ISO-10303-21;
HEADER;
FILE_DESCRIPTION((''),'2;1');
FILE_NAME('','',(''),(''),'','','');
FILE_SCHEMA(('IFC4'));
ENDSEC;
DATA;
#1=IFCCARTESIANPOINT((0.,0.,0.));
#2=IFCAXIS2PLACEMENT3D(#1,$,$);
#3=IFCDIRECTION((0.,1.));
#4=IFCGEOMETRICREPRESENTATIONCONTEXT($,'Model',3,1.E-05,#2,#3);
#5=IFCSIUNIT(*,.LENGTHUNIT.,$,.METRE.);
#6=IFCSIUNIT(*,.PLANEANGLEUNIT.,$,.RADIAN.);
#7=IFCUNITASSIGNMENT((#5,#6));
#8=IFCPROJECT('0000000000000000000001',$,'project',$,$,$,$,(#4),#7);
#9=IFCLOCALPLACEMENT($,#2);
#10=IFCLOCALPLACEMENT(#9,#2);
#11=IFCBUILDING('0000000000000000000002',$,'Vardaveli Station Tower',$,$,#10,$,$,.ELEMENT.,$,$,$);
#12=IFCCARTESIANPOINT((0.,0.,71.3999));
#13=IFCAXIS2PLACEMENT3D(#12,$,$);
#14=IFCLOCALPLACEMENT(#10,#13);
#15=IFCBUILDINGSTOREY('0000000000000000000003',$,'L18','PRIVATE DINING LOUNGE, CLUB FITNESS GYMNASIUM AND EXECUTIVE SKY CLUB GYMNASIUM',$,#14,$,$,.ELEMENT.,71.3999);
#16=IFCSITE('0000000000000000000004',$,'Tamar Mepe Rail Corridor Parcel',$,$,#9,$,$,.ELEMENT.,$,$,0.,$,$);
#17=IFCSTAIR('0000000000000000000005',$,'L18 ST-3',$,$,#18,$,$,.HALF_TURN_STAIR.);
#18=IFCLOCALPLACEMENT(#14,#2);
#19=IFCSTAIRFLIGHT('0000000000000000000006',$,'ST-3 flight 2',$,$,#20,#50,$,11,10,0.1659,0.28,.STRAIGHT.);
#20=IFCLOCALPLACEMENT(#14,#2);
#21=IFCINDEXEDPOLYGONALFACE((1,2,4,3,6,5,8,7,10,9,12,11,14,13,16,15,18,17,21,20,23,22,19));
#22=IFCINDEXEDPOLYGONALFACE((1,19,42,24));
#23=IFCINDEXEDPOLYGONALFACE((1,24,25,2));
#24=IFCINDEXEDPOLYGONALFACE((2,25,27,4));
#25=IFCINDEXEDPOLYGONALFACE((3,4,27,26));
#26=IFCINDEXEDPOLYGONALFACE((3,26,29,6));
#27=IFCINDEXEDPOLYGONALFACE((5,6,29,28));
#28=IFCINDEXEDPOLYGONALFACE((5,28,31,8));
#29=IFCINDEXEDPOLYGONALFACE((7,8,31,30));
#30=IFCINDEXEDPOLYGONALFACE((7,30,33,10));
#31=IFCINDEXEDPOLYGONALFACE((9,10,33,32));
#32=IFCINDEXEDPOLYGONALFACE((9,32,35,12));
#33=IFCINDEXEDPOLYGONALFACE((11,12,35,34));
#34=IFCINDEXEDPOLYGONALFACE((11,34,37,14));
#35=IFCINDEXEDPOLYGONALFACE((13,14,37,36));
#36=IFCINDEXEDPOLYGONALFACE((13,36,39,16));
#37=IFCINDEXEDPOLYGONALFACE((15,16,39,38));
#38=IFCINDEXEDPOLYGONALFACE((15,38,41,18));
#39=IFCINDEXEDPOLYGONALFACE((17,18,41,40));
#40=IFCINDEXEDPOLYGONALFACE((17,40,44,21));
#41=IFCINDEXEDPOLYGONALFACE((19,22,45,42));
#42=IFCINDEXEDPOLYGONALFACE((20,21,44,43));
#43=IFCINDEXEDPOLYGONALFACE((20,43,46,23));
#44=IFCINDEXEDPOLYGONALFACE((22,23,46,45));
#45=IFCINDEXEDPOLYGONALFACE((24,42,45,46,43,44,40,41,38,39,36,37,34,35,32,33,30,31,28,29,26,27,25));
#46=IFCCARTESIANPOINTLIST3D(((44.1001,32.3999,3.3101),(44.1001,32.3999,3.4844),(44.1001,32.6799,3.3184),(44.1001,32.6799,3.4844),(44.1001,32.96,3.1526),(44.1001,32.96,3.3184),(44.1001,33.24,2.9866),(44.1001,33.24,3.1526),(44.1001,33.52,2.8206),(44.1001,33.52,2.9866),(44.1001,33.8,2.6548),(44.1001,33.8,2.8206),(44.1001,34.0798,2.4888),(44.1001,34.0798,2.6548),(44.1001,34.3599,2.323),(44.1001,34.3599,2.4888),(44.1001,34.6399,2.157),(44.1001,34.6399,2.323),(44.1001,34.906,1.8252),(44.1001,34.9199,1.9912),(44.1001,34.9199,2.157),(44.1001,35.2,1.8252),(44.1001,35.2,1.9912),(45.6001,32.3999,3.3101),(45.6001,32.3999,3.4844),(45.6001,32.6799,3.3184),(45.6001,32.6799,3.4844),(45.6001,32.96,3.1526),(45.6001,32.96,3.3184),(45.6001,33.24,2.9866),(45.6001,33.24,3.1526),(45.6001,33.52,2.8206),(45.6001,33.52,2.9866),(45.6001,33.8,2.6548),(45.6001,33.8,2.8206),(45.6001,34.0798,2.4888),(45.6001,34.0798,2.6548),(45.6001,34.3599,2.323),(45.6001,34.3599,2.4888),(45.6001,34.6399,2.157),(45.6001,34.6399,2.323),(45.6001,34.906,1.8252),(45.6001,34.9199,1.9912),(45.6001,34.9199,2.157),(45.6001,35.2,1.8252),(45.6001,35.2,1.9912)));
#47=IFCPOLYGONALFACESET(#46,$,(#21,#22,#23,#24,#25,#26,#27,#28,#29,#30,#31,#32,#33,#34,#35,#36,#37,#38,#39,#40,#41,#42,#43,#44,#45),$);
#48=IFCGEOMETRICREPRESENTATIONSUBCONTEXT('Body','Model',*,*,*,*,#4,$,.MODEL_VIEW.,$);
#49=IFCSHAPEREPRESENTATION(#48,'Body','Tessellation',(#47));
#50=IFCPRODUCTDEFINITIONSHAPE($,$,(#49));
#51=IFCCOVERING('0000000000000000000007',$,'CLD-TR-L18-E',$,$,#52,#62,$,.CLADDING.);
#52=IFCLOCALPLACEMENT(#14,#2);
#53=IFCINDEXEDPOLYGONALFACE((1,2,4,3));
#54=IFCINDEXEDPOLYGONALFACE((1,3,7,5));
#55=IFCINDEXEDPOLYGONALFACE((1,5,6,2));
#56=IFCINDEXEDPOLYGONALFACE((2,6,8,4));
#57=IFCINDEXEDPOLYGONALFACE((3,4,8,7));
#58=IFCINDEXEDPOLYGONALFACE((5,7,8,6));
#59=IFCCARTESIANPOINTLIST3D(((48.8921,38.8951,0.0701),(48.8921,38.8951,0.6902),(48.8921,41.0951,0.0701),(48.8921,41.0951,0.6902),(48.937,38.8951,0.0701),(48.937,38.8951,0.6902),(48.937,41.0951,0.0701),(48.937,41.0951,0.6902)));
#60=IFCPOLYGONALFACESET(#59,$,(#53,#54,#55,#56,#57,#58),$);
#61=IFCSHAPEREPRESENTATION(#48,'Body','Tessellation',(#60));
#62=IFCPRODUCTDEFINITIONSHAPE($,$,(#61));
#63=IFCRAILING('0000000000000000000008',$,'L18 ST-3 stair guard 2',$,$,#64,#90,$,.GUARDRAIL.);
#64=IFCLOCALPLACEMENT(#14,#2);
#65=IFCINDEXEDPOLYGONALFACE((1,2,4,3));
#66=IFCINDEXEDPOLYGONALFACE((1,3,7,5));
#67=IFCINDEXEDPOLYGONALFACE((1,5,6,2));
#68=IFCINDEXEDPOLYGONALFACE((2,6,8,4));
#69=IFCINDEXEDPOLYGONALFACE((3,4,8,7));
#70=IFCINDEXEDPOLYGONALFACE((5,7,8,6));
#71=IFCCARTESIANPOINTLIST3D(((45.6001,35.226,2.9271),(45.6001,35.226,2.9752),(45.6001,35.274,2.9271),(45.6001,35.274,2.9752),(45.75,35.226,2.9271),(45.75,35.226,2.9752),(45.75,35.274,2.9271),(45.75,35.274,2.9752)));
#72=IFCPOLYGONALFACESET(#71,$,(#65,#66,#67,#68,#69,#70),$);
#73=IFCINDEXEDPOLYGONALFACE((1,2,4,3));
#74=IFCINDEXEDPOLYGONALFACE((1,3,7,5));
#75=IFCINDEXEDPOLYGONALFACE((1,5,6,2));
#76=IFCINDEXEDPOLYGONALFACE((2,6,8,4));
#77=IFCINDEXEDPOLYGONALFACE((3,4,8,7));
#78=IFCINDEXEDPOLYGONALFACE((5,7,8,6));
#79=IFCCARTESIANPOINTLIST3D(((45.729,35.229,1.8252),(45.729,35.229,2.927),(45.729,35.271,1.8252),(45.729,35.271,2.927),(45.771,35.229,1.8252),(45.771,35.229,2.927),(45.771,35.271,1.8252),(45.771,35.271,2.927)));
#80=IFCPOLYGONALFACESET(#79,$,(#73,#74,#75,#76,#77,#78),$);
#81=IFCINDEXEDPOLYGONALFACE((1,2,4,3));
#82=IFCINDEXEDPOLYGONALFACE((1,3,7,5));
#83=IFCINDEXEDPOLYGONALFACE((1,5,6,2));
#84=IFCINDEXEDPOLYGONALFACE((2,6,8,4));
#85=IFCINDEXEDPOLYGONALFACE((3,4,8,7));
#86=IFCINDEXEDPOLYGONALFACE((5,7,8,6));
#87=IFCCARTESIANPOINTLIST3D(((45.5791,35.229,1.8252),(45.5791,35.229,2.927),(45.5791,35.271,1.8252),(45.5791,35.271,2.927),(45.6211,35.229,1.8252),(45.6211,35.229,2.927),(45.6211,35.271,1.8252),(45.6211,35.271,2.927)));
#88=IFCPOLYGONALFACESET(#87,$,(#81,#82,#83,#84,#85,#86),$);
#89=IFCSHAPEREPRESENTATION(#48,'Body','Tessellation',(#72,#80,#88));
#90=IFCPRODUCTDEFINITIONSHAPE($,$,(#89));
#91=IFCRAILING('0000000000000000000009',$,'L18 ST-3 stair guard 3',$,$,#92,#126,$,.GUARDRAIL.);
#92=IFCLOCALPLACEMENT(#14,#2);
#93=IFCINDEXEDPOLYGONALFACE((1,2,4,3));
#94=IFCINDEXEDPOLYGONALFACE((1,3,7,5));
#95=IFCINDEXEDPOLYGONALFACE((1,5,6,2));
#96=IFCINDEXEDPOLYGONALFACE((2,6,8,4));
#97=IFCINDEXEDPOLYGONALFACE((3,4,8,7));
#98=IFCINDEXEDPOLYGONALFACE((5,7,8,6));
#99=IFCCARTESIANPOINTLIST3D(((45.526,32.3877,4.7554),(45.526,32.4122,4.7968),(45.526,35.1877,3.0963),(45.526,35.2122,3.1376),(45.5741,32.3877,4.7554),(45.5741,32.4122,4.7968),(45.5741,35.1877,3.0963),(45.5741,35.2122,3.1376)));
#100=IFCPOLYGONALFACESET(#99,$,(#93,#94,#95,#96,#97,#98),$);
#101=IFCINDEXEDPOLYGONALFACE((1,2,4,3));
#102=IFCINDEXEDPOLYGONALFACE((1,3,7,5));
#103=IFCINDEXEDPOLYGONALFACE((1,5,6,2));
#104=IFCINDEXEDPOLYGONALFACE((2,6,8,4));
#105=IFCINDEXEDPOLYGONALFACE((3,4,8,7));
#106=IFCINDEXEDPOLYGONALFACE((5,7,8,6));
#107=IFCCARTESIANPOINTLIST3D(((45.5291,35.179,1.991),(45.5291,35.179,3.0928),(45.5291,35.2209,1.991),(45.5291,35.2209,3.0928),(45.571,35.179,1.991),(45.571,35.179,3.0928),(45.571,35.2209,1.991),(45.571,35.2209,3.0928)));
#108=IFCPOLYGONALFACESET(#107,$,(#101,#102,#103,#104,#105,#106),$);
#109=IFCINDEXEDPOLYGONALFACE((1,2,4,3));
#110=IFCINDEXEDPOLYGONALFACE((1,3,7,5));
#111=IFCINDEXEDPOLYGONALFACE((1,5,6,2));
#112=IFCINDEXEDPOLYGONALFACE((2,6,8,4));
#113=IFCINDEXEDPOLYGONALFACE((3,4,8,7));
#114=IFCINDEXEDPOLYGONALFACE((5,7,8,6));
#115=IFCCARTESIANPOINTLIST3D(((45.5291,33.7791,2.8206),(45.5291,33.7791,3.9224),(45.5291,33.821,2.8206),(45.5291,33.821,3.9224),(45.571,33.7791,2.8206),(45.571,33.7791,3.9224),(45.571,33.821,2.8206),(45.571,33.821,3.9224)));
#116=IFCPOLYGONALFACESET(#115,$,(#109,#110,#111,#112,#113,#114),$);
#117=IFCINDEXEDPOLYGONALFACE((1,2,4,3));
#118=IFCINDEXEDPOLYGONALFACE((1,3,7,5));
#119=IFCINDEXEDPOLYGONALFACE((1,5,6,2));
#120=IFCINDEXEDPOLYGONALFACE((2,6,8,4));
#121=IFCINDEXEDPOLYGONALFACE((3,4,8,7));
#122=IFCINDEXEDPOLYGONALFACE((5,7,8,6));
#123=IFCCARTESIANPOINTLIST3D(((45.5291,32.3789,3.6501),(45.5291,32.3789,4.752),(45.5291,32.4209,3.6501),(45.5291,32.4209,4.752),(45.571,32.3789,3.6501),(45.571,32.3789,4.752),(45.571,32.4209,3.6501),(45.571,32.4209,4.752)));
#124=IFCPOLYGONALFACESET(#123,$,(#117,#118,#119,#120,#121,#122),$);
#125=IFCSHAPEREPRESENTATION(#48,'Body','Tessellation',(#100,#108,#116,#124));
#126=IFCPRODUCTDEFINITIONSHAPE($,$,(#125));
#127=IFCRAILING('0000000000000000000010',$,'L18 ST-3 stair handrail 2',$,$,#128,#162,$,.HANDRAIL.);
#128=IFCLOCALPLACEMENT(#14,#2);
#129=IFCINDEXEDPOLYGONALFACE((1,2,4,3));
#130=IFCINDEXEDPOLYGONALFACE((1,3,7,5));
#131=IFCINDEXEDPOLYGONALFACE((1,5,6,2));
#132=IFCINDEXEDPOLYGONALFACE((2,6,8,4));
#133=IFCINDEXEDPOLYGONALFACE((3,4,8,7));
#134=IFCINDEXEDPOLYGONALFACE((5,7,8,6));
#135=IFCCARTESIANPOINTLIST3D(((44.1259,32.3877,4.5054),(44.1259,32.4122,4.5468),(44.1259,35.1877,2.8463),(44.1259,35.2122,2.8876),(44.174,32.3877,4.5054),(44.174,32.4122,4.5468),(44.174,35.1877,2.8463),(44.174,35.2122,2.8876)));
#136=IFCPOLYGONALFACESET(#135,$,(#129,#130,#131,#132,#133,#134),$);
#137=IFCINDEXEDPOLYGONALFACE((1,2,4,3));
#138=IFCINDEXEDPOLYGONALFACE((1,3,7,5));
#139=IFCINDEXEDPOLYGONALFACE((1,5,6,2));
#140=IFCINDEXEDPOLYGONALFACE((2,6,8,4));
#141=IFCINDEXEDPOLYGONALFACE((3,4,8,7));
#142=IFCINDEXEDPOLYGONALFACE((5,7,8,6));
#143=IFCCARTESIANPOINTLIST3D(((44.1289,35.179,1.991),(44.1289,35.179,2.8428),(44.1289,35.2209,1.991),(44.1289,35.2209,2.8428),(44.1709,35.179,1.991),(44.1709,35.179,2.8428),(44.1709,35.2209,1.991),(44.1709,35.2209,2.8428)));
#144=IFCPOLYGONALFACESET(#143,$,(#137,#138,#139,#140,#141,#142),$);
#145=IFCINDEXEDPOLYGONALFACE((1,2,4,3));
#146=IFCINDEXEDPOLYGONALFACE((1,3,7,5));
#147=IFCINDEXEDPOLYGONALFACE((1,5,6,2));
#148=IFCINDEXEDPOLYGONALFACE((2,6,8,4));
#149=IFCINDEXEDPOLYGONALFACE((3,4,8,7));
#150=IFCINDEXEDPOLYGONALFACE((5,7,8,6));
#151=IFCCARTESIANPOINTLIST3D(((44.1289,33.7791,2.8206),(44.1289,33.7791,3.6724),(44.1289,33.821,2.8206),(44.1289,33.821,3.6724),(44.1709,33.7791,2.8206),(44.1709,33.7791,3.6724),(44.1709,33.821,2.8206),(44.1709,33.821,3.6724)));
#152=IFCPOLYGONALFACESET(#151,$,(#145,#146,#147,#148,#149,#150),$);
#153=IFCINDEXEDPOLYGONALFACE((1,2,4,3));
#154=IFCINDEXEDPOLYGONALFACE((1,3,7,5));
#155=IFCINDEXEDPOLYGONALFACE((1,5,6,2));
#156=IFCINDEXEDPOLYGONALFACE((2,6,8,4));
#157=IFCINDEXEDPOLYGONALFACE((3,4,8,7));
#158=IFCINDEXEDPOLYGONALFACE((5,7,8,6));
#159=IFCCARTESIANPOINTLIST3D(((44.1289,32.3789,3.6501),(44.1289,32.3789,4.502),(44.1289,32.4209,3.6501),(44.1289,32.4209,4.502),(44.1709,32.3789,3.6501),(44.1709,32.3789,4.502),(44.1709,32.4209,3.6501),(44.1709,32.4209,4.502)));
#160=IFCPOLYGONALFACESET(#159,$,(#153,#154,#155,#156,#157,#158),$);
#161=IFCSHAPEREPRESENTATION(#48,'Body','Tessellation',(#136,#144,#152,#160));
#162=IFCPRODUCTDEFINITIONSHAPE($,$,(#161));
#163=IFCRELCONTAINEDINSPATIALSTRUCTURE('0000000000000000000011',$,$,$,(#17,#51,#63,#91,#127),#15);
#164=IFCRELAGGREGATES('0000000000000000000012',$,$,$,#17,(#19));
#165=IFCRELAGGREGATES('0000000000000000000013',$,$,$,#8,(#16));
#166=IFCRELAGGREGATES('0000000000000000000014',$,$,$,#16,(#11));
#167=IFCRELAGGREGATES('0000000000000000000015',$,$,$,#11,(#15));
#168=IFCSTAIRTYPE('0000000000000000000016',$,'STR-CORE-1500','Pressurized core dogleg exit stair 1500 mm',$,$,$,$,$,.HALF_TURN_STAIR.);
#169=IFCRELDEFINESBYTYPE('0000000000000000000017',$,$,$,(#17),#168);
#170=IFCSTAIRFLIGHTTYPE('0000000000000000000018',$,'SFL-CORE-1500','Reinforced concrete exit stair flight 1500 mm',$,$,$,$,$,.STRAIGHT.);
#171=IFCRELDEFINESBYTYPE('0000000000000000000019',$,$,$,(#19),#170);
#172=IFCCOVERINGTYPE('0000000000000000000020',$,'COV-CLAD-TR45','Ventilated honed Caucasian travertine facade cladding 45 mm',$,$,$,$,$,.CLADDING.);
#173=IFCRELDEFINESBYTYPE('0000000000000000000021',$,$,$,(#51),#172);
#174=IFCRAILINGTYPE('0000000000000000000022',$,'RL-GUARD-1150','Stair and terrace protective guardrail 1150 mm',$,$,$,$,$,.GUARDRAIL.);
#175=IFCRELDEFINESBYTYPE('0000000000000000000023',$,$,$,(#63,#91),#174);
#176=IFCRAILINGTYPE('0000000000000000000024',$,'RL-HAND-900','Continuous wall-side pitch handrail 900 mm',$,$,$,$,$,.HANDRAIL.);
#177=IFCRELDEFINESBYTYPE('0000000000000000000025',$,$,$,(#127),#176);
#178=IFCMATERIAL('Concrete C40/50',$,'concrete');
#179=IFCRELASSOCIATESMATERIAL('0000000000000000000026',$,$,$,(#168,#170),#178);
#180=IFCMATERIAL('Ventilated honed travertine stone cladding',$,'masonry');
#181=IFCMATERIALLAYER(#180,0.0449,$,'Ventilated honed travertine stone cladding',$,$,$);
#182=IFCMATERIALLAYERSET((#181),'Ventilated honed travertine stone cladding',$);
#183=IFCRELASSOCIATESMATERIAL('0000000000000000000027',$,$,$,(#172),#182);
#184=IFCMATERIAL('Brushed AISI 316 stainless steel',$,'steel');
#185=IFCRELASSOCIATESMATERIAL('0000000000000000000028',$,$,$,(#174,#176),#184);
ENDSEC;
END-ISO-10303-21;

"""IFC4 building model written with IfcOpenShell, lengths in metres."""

from ifc_helpers import new_model, si_unit, direction, frame, origin, origin_2d, place, context, subcontext, project, spatial, polyline, rectangle, outline, extrude, source, transform, mapped, material, layer, layer_set, type_object, element, aggregate, save


model = new_model("IFC4")

# Units and contexts
model_context = context("Model", 3, precision=1e-05, world=origin(), true_north=direction((0.0, 1.0)))
body_context = subcontext(model_context, "Body", "Model", "MODEL_VIEW")
ifc_project = project(units=[si_unit("LENGTHUNIT", "METRE"), si_unit("PLANEANGLEUNIT", "RADIAN")], contexts=[model_context])

# Site, building, storey
site_placement = place(None, origin())
site = spatial("IfcSite", under=ifc_project, at=site_placement, Name="Tamar Mepe Rail Corridor Parcel", CompositionType="ELEMENT", RefElevation=0.0)
building_placement = place(site_placement, origin())
building = spatial("IfcBuilding", under=site, at=building_placement, Name="Vardaveli Station Tower", CompositionType="ELEMENT")
storey_placement = place(building_placement, frame((0.0, 0.0, 71.3999)))
storey = spatial("IfcBuildingStorey", under=building, at=storey_placement, Name="L18", Description="PRIVATE DINING LOUNGE, CLUB FITNESS GYMNASIUM AND EXECUTIVE SKY CLUB GYMNASIUM", CompositionType="ELEMENT", Elevation=71.3999)

# Shared definitions
ifc_material_1 = material(Name="Concrete C40/50", Category="concrete")

# Stair, stair flight
stair_type = type_object("IfcStairType", Name="STR-CORE-1500", Description="Pressurized core dogleg exit stair 1500 mm", PredefinedType="HALF_TURN_STAIR", material=ifc_material_1)
stair_placement = place(storey_placement, origin())
stair = element("IfcStair", 1, at=stair_placement, inside=storey, type_object=stair_type, Name="L18 ST-3", PredefinedType="HALF_TURN_STAIR")
stair_flight_type = type_object("IfcStairFlightType", Name="SFL-CORE-1500", Description="Reinforced concrete exit stair flight 1500 mm", PredefinedType="STRAIGHT", material=ifc_material_1)
shared_shape_1 = source(origin(), body_context, "Body", "SweptSolid", [
    extrude(outline(polyline([(0.0, 0.0), (0.0, 0.166), (0.28, 0.166), (0.28, 0.3318), (0.5601, 0.3318), (0.5601, 0.4978), (0.8401, 0.4978), (0.8401, 0.6636), (1.1201, 0.6636), (1.1201, 0.8296), (1.3999, 0.8296), (1.3999, 0.9954), (1.6799, 0.9954), (1.6799, 1.1614), (1.96, 1.1614), (1.96, 1.3274), (2.24, 1.3274), (2.24, 1.4932), (2.52, 1.4932), (2.52, 1.6592), (2.8, 1.6592), (2.8, 1.825), (2.8, 1.4849), (0.2939, 0.0), (0.0, 0.0)])), frame((0.0, 0.75, 0.0), z_axis=(0.0, -1.0, 0.0), x_axis=(1.0, 0.0, 0.0)), (0.0, 0.0, 1.0), 1.5),
])
stair_flight_placement = place(storey_placement, frame((44.8501, 35.2, 1.8252), z_axis=(0.0, 0.0, 1.0), x_axis=(0.0, -1.0, 0.0)))
stair_flight = element("IfcStairFlight", 2, at=stair_flight_placement, type_object=stair_flight_type, Name="ST-3 flight 2", NumberOfRisers=11, NumberOfTreads=10, PredefinedType="STRAIGHT", RiserHeight=0.1659, TreadLength=0.28, context=body_context, shape_type="MappedRepresentation", body=[
    mapped(shared_shape_1, transform((0.0, 0.0, 0.0), scale=1.0)),
])
aggregate(stair, [stair_flight])

# Covering
ifc_material_2 = material(Name="Ventilated honed travertine stone cladding", Category="masonry")
ifc_layer_1 = layer(ifc_material_2, 0.0449, Name="Ventilated honed travertine stone cladding")
ifc_layer_set_1 = layer_set([ifc_layer_1], Name="Ventilated honed travertine stone cladding")
covering_type = type_object("IfcCoveringType", Name="COV-CLAD-TR45", Description="Ventilated honed Caucasian travertine facade cladding 45 mm", PredefinedType="CLADDING", material=ifc_layer_set_1)
shared_shape_2 = source(origin(), body_context, "Body", "SweptSolid", [
    extrude(rectangle(XDim=2.2, YDim=0.0449, at=origin_2d()), origin(), (0.0, 0.0, 1.0), 0.6201),
])
covering_placement = place(storey_placement, frame((48.9146, 39.9951, 0.0701), z_axis=(0.0, 0.0, 1.0), x_axis=(0.0, 1.0, 0.0)))
element("IfcCovering", 3, at=covering_placement, inside=storey, type_object=covering_type, Name="CLD-TR-L18-E", PredefinedType="CLADDING", context=body_context, shape_type="MappedRepresentation", body=[
    mapped(shared_shape_2, transform((0.0, 0.0, 0.0), scale=1.0)),
])

# Railings
ifc_material_3 = material(Name="Brushed AISI 316 stainless steel", Category="steel")
railing_type_1 = type_object("IfcRailingType", Name="RL-GUARD-1150", Description="Stair and terrace protective guardrail 1150 mm", PredefinedType="GUARDRAIL", material=ifc_material_3)
shared_shape_3 = source(origin(), body_context, "Body", "SweptSolid", [
    extrude(rectangle(XDim=0.0481, YDim=0.0481, at=origin_2d()), frame((0.0, 0.0, 1.126), z_axis=(-1.0, 0.0, 0.0), x_axis=(0.0, -1.0, 0.0)), (0.0, 0.0, 1.0), 0.1499),
    extrude(rectangle(XDim=0.042, YDim=0.042, at=origin_2d()), origin(), (0.0, 0.0, 1.0), 1.1018),
    extrude(rectangle(XDim=0.042, YDim=0.042, at=origin_2d()), frame((-0.1499, 0.0, 0.0)), (0.0, 0.0, 1.0), 1.1018),
])
railing_1_placement = place(storey_placement, frame((45.75, 35.25, 1.8252)))
element("IfcRailing", 4, at=railing_1_placement, inside=storey, type_object=railing_type_1, Name="L18 ST-3 stair guard 2", PredefinedType="GUARDRAIL", context=body_context, shape_type="MappedRepresentation", body=[
    mapped(shared_shape_3, transform((0.0, 0.0, 0.0), scale=1.0)),
])
shared_shape_4 = source(origin(), body_context, "Body", "SweptSolid", [
    extrude(rectangle(XDim=0.0481, YDim=0.0481, at=origin_2d()), frame((0.0, 0.0, 1.126), z_axis=(0.0, -0.860306, 0.509778), x_axis=(1.0, 0.0, 0.0)), (0.0, 0.0, 1.0), 3.2546),
    extrude(rectangle(XDim=0.042, YDim=0.042, at=origin_2d()), origin(), (0.0, 0.0, 1.0), 1.1018),
    extrude(rectangle(XDim=0.042, YDim=0.042, at=origin_2d()), frame((0.0, -1.3999, 0.8296)), (0.0, 0.0, 1.0), 1.1018),
    extrude(rectangle(XDim=0.042, YDim=0.042, at=origin_2d()), frame((0.0, -2.8, 1.6592)), (0.0, 0.0, 1.0), 1.1018),
])
railing_2_placement = place(storey_placement, frame((45.55, 35.2, 1.991)))
element("IfcRailing", 5, at=railing_2_placement, inside=storey, type_object=railing_type_1, Name="L18 ST-3 stair guard 3", PredefinedType="GUARDRAIL", context=body_context, shape_type="MappedRepresentation", body=[
    mapped(shared_shape_4, transform((0.0, 0.0, 0.0), scale=1.0)),
])
railing_type_2 = type_object("IfcRailingType", Name="RL-HAND-900", Description="Continuous wall-side pitch handrail 900 mm", PredefinedType="HANDRAIL", material=ifc_material_3)
shared_shape_5 = source(origin(), body_context, "Body", "SweptSolid", [
    extrude(rectangle(XDim=0.0481, YDim=0.0481, at=origin_2d()), frame((0.0, 0.0, 0.876), z_axis=(0.0, -0.860306, 0.509778), x_axis=(1.0, 0.0, 0.0)), (0.0, 0.0, 1.0), 3.2546),
    extrude(rectangle(XDim=0.042, YDim=0.042, at=origin_2d()), origin(), (0.0, 0.0, 1.0), 0.8518),
    extrude(rectangle(XDim=0.042, YDim=0.042, at=origin_2d()), frame((0.0, -1.3999, 0.8296)), (0.0, 0.0, 1.0), 0.8518),
    extrude(rectangle(XDim=0.042, YDim=0.042, at=origin_2d()), frame((0.0, -2.8, 1.6592)), (0.0, 0.0, 1.0), 0.8518),
])
railing_3_placement = place(storey_placement, frame((44.1499, 35.2, 1.991)))
element("IfcRailing", 6, at=railing_3_placement, inside=storey, type_object=railing_type_2, Name="L18 ST-3 stair handrail 2", PredefinedType="HANDRAIL", context=body_context, shape_type="MappedRepresentation", body=[
    mapped(shared_shape_5, transform((0.0, 0.0, 0.0), scale=1.0)),
])

save(model, "model.ifc")
